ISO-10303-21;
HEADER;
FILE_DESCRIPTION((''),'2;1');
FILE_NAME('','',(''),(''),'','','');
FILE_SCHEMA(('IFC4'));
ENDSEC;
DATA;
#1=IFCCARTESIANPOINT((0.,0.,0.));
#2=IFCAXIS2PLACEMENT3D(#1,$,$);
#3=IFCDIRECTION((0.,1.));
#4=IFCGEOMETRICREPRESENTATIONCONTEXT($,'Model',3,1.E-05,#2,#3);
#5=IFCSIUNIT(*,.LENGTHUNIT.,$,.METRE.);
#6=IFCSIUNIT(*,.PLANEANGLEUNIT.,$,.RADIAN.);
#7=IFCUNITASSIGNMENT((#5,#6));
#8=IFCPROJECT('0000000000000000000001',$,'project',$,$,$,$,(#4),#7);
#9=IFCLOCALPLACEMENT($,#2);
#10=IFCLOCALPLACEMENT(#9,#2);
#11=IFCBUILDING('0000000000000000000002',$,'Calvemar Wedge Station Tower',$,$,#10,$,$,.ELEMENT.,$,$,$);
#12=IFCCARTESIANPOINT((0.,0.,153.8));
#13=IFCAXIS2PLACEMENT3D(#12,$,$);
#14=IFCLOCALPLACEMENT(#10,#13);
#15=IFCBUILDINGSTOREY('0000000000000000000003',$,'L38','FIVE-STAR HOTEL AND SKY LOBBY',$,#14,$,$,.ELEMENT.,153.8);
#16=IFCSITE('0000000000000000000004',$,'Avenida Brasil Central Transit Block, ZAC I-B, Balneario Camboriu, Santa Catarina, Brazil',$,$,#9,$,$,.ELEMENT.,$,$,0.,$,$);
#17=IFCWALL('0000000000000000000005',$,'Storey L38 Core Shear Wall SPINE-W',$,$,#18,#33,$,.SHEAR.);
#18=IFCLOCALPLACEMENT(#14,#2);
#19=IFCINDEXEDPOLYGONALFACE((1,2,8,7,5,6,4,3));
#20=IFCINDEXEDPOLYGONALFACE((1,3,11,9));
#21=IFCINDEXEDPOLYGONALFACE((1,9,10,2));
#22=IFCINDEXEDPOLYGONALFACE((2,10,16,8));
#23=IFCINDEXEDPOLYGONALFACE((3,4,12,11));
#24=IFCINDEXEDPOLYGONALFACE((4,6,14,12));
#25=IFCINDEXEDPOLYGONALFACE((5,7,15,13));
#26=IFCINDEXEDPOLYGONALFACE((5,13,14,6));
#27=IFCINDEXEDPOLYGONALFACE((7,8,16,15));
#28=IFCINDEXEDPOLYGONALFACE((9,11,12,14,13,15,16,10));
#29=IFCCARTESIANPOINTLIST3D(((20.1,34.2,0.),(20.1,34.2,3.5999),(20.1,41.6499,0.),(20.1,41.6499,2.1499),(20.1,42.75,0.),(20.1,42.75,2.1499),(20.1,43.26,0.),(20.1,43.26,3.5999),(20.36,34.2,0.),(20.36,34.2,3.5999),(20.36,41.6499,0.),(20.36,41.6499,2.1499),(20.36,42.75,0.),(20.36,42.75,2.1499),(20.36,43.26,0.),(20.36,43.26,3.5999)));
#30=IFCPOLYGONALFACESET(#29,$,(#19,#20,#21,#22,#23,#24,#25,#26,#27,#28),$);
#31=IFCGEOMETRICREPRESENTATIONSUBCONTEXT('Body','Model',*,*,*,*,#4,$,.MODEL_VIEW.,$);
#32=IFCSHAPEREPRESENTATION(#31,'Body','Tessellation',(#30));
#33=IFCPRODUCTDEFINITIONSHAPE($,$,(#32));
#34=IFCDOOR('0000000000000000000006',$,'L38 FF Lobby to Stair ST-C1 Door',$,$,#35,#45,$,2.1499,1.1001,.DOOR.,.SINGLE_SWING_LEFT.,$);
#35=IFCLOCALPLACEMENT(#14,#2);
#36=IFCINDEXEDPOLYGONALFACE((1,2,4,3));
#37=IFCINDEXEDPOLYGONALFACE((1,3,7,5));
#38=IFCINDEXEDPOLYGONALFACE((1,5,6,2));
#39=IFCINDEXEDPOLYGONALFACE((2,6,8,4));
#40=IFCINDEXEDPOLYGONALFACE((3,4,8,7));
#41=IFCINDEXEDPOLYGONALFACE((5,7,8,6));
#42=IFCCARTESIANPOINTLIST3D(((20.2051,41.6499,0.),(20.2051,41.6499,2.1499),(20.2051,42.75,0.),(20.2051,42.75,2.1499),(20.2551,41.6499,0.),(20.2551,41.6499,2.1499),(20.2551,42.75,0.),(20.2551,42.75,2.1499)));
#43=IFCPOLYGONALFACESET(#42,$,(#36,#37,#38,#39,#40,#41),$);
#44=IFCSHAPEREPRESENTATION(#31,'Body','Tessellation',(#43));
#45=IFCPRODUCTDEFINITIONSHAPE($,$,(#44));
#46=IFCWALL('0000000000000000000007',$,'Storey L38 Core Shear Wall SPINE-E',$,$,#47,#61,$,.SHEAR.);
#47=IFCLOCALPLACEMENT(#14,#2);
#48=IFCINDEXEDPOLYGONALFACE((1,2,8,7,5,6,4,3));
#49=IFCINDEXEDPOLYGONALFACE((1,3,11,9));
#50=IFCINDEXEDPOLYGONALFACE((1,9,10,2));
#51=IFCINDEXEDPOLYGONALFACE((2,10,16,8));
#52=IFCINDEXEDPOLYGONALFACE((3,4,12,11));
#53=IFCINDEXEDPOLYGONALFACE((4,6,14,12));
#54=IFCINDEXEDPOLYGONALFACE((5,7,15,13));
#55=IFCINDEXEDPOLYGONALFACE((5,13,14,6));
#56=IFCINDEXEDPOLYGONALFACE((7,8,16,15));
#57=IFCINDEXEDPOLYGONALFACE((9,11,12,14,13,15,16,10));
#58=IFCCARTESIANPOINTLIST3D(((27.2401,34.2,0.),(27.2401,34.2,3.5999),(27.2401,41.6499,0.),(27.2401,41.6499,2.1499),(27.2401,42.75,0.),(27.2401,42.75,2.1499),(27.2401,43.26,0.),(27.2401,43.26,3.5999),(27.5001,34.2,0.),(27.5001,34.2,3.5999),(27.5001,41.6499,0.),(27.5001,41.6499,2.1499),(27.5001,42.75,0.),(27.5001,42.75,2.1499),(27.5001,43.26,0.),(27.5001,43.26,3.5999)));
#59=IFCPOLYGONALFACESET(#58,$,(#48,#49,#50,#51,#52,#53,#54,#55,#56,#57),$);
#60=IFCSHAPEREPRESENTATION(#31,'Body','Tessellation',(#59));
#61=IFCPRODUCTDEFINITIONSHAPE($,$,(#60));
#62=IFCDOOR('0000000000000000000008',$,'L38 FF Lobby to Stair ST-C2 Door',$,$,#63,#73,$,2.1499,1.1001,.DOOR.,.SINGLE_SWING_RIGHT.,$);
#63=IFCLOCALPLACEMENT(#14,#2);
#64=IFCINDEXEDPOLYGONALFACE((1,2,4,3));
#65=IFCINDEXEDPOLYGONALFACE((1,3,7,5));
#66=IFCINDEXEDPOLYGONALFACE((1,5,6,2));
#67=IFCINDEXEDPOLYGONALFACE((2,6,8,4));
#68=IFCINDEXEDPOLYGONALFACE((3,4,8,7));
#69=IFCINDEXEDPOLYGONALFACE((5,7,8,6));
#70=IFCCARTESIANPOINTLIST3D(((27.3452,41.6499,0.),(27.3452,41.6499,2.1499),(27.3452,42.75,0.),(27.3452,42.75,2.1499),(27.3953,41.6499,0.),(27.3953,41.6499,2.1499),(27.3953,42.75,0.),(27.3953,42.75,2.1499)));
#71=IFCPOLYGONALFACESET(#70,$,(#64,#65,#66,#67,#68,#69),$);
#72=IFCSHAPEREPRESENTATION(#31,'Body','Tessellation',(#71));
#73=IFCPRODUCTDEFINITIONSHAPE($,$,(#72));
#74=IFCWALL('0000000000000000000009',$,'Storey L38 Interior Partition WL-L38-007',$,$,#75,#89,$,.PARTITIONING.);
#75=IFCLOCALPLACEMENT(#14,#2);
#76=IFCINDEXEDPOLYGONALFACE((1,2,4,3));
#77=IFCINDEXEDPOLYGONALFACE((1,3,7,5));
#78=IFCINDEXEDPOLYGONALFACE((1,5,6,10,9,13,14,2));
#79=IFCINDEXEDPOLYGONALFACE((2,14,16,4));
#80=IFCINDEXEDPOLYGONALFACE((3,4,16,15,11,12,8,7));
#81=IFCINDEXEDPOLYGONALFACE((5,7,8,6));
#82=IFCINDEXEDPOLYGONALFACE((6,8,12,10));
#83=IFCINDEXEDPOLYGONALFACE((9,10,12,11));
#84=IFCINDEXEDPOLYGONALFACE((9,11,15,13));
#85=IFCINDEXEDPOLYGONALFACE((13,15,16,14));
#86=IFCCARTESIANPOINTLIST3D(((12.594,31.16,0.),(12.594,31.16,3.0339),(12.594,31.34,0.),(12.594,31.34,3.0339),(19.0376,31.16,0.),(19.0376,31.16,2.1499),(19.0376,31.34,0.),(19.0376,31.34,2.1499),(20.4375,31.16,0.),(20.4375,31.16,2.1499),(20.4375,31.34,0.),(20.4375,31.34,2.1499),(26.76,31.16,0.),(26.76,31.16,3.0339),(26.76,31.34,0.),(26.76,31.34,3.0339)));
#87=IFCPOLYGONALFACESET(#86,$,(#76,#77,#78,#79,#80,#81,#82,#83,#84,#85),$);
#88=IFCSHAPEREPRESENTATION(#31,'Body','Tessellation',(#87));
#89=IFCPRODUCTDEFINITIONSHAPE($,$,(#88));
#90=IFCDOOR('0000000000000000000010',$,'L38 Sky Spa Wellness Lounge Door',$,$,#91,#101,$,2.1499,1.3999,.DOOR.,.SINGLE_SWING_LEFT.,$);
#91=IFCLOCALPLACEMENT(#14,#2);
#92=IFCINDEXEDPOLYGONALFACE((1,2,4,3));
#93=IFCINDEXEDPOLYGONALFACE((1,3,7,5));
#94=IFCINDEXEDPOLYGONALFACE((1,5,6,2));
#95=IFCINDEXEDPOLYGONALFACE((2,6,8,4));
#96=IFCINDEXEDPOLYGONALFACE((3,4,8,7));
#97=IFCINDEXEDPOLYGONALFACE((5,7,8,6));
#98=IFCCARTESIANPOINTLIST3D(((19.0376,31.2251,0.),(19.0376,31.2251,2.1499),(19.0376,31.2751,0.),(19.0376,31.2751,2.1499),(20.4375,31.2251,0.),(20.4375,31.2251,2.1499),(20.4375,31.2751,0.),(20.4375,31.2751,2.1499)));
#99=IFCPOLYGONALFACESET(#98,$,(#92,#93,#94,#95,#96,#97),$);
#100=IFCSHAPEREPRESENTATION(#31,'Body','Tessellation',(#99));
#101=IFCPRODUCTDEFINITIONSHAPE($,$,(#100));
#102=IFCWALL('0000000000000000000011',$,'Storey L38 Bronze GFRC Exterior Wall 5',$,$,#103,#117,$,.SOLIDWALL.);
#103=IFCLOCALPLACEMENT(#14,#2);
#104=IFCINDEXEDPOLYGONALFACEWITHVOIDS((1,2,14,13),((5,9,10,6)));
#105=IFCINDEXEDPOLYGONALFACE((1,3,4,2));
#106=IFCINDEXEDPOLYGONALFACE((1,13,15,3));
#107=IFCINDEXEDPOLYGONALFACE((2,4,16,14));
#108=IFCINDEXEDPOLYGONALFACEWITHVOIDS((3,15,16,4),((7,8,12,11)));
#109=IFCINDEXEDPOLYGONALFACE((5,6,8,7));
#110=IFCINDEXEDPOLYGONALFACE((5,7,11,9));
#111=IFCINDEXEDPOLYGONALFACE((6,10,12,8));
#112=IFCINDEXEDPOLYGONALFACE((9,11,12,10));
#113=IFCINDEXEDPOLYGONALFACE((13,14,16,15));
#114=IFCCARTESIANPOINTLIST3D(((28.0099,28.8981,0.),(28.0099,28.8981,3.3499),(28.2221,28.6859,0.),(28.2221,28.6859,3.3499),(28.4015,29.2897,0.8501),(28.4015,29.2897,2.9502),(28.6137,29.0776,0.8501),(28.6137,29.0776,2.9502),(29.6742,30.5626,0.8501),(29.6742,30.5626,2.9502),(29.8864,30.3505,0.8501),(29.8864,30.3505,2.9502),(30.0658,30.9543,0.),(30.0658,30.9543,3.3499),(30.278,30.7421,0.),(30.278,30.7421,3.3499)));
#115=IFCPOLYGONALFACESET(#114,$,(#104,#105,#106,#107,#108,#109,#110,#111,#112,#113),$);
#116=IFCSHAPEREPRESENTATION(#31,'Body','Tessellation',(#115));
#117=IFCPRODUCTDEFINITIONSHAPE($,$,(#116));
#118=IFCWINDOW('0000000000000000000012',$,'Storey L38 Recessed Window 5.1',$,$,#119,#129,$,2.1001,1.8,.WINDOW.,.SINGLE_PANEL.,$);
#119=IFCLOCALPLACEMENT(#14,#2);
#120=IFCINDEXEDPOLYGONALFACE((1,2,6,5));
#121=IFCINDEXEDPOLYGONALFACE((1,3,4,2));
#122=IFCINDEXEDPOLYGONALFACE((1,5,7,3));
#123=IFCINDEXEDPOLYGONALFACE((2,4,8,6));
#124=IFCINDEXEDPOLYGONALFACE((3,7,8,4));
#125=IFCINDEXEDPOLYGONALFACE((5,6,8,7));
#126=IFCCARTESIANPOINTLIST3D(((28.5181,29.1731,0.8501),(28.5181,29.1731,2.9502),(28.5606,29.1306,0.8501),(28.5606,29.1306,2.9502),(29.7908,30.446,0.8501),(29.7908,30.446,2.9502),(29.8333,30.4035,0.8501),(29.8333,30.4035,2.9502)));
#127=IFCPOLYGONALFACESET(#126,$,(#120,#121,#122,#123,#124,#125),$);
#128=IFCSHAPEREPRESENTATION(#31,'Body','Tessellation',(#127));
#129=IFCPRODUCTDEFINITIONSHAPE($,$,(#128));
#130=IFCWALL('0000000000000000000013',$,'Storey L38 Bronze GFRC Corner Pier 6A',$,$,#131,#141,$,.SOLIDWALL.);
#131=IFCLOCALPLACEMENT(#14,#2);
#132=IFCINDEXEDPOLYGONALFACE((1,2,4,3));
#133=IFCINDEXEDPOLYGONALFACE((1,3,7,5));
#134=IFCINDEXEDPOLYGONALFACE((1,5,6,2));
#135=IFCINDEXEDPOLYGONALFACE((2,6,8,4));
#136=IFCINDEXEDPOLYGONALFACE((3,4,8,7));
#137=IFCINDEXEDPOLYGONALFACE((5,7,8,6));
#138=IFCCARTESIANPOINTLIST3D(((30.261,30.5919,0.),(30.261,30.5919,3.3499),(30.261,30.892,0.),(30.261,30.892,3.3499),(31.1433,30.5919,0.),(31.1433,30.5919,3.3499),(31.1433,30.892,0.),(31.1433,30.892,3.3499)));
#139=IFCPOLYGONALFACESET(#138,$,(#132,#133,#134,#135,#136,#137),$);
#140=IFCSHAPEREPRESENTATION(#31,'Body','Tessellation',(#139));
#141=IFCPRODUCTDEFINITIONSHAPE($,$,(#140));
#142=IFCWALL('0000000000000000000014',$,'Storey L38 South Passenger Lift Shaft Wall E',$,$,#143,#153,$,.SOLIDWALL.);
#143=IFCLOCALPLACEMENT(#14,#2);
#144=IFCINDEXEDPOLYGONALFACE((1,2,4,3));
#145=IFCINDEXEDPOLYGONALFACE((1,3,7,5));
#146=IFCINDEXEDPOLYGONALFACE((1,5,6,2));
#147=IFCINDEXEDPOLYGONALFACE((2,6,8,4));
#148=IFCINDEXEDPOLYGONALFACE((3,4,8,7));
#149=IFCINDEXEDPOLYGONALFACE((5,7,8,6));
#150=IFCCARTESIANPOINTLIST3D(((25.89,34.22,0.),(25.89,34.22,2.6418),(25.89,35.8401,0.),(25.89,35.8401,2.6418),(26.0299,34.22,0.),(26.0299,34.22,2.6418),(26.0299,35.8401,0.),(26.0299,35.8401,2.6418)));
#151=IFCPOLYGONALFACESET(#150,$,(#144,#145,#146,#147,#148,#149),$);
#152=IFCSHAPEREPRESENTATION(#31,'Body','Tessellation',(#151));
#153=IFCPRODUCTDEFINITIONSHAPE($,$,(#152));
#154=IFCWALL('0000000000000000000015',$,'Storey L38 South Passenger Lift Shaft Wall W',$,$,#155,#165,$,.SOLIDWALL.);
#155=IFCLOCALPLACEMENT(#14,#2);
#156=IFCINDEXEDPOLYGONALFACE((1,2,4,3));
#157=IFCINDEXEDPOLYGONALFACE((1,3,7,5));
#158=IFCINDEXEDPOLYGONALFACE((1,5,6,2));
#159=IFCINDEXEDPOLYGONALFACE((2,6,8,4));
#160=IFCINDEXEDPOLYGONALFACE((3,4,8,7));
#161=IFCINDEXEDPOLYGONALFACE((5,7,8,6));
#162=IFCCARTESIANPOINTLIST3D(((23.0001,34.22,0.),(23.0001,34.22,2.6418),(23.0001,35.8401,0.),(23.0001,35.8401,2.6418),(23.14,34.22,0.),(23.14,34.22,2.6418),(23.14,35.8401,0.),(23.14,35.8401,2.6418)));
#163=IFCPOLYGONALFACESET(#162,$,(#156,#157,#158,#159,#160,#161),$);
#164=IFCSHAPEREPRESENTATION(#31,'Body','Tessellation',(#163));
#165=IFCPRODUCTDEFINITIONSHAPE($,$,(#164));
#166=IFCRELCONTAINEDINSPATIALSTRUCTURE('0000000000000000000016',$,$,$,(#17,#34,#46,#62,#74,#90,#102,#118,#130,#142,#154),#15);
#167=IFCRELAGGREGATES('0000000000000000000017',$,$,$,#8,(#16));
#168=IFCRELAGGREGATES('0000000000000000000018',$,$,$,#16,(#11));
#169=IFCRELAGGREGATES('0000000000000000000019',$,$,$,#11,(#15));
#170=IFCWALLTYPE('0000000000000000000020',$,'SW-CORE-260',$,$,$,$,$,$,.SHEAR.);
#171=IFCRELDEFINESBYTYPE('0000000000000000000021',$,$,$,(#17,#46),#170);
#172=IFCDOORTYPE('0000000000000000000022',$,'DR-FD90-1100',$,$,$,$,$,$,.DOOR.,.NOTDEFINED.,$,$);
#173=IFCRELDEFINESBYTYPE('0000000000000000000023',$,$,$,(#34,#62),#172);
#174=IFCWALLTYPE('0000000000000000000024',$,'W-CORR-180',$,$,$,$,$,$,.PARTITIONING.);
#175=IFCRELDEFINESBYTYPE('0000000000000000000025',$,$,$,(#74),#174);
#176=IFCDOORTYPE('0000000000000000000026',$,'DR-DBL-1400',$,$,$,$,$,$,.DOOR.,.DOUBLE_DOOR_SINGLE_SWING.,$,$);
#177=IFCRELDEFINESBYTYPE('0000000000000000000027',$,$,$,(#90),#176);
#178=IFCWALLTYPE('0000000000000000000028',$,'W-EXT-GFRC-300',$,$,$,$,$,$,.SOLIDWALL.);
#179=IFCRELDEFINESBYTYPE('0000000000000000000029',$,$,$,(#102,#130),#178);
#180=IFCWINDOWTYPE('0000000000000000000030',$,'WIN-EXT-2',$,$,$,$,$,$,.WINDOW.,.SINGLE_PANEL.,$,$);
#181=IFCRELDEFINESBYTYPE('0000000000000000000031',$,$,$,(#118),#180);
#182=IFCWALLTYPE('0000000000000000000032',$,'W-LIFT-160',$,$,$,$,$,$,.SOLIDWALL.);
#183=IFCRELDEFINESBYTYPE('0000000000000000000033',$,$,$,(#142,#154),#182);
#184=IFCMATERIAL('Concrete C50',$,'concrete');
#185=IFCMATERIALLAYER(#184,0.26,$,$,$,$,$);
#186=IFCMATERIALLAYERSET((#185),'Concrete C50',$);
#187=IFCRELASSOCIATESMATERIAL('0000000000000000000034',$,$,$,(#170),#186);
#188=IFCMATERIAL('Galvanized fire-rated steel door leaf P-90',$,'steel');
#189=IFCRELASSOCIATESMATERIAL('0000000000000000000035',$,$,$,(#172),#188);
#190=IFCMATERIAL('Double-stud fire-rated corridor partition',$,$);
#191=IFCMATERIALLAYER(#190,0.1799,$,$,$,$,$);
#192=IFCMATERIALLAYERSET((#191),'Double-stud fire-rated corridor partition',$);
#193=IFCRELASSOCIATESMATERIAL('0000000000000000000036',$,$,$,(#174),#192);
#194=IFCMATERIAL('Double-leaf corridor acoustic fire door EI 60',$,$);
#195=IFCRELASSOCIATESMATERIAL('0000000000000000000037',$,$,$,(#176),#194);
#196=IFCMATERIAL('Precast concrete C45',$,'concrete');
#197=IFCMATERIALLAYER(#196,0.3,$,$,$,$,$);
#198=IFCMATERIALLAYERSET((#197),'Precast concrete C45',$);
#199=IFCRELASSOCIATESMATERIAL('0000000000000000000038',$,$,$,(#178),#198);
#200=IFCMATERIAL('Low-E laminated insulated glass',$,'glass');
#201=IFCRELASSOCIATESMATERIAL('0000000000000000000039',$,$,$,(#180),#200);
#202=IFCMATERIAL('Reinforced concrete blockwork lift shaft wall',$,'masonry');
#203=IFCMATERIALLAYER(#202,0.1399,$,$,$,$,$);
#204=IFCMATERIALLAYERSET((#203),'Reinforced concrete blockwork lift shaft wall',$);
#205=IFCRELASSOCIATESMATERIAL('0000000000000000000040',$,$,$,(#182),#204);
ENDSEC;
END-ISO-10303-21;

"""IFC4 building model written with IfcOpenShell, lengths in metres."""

from ifc_helpers import new_model, si_unit, direction, frame, frame_2d, origin, place, context, subcontext, project, spatial, rectangle, extrude, source, transform, mapped, material, layer, layer_set, type_object, element, fill, save


model = new_model("IFC4")

# Units and contexts
model_context = context("Model", 3, precision=1e-05, world=origin(), true_north=direction((0.0, 1.0)))
body_context = subcontext(model_context, "Body", "Model", "MODEL_VIEW")
ifc_project = project(units=[si_unit("LENGTHUNIT", "METRE"), si_unit("PLANEANGLEUNIT", "RADIAN")], contexts=[model_context])

# Site, building, storey
site_placement = place(None, origin())
site = spatial("IfcSite", under=ifc_project, at=site_placement, Name="Avenida Brasil Central Transit Block, ZAC I-B, Balneario Camboriu, Santa Catarina, Brazil", CompositionType="ELEMENT", RefElevation=0.0)
building_placement = place(site_placement, origin())
building = spatial("IfcBuilding", under=site, at=building_placement, Name="Calvemar Wedge Station Tower", CompositionType="ELEMENT")
storey_placement = place(building_placement, frame((0.0, 0.0, 153.8)))
storey = spatial("IfcBuildingStorey", under=building, at=storey_placement, Name="L38", Description="FIVE-STAR HOTEL AND SKY LOBBY", CompositionType="ELEMENT", Elevation=153.8)

# Walls, openings, doors
ifc_material_1 = material(Name="Concrete C50", Category="concrete")
ifc_layer_1 = layer(ifc_material_1, 0.26)
ifc_layer_set_1 = layer_set([ifc_layer_1], Name="Concrete C50")
wall_type_1 = type_object("IfcWallType", Name="SW-CORE-260", PredefinedType="SHEAR", material=ifc_layer_set_1)
wall_1_placement = place(storey_placement, frame((20.23, 34.2, 0.0), z_axis=(0.0, 0.0, 1.0), x_axis=(0.0, 1.0, 0.0)))
wall_1 = element("IfcWall", 1, at=wall_1_placement, inside=storey, type_object=wall_type_1, Name="Storey L38 Core Shear Wall SPINE-W", PredefinedType="SHEAR", context=body_context, shape_type="SweptSolid", body=[
    extrude(rectangle(XDim=9.0601, YDim=0.26, at=frame_2d((4.53, 0.0))), origin(), (0.0, 0.0, 1.0), 3.5999),
])
shared_shape_1 = source(origin(), body_context, "Body", "SweptSolid", [
    extrude(rectangle(XDim=1.1001, YDim=2.1499, at=frame_2d((0.55, 1.075))), frame((0.0, 0.1401, 0.0), z_axis=(0.0, -1.0, 0.0), x_axis=(1.0, 0.0, 0.0)), (0.0, 0.0, 1.0), 0.28),
])
opening_1_placement = place(wall_1_placement, frame((7.45, 0.0, 0.0)))
opening_1 = element("IfcOpeningElement", 2, at=opening_1_placement, cuts=wall_1, PredefinedType="OPENING", context=body_context, shape_type="MappedRepresentation", body=[
    mapped(shared_shape_1, transform((0.0, 0.0, 0.0), scale=1.0)),
])
ifc_material_2 = material(Name="Galvanized fire-rated steel door leaf P-90", Category="steel")
door_type_1 = type_object("IfcDoorType", Name="DR-FD90-1100", OperationType="NOTDEFINED", PredefinedType="DOOR", material=ifc_material_2)
shared_shape_2 = source(origin(), body_context, "Body", "SweptSolid", [
    extrude(rectangle(XDim=1.1001, YDim=2.1499, at=frame_2d((0.55, 1.075))), frame((0.0, 0.0249, 0.0), z_axis=(0.0, -1.0, 0.0), x_axis=(1.0, 0.0, 0.0)), (0.0, 0.0, 1.0), 0.05),
])
door_1_placement = place(opening_1_placement, origin())
door_1 = element("IfcDoor", 3, at=door_1_placement, inside=storey, type_object=door_type_1, Name="L38 FF Lobby to Stair ST-C1 Door", OperationType="SINGLE_SWING_LEFT", OverallHeight=2.1499, OverallWidth=1.1001, PredefinedType="DOOR", context=body_context, shape_type="MappedRepresentation", body=[
    mapped(shared_shape_2, transform((0.0, 0.0, 0.0), scale=1.0)),
])
fill(opening_1, door_1)
wall_2_placement = place(storey_placement, frame((27.3701, 34.2, 0.0), z_axis=(0.0, 0.0, 1.0), x_axis=(0.0, 1.0, 0.0)))
wall_2 = element("IfcWall", 4, at=wall_2_placement, inside=storey, type_object=wall_type_1, Name="Storey L38 Core Shear Wall SPINE-E", PredefinedType="SHEAR", context=body_context, shape_type="SweptSolid", body=[
    extrude(rectangle(XDim=9.0601, YDim=0.26, at=frame_2d((4.53, 0.0))), origin(), (0.0, 0.0, 1.0), 3.5999),
])
opening_2_placement = place(wall_2_placement, frame((7.45, 0.0, 0.0)))
opening_2 = element("IfcOpeningElement", 5, at=opening_2_placement, cuts=wall_2, PredefinedType="OPENING", context=body_context, shape_type="MappedRepresentation", body=[
    mapped(shared_shape_1, transform((0.0, 0.0, 0.0), scale=1.0)),
])
door_2_placement = place(opening_2_placement, origin())
door_2 = element("IfcDoor", 6, at=door_2_placement, inside=storey, type_object=door_type_1, Name="L38 FF Lobby to Stair ST-C2 Door", OperationType="SINGLE_SWING_RIGHT", OverallHeight=2.1499, OverallWidth=1.1001, PredefinedType="DOOR", context=body_context, shape_type="MappedRepresentation", body=[
    mapped(shared_shape_2, transform((0.0, 0.0, 0.0), scale=1.0)),
])
fill(opening_2, door_2)
ifc_material_3 = material(Name="Double-stud fire-rated corridor partition")
ifc_layer_2 = layer(ifc_material_3, 0.1799)
ifc_layer_set_2 = layer_set([ifc_layer_2], Name="Double-stud fire-rated corridor partition")
wall_type_2 = type_object("IfcWallType", Name="W-CORR-180", PredefinedType="PARTITIONING", material=ifc_layer_set_2)
wall_3_placement = place(storey_placement, frame((26.76, 31.25, 0.0), z_axis=(0.0, 0.0, 1.0), x_axis=(-1.0, 0.0, 0.0)))
wall_3 = element("IfcWall", 7, at=wall_3_placement, inside=storey, type_object=wall_type_2, Name="Storey L38 Interior Partition WL-L38-007", PredefinedType="PARTITIONING", context=body_context, shape_type="SweptSolid", body=[
    extrude(rectangle(XDim=14.166, YDim=0.1799, at=frame_2d((7.083, 0.0))), origin(), (0.0, 0.0, 1.0), 3.0339),
])
shared_shape_3 = source(origin(), body_context, "Body", "SweptSolid", [
    extrude(rectangle(XDim=1.3999, YDim=2.1499, at=frame_2d((0.7, 1.075))), frame((0.0, 0.1001, 0.0), z_axis=(0.0, -1.0, 0.0), x_axis=(1.0, 0.0, 0.0)), (0.0, 0.0, 1.0), 0.2),
])
opening_3_placement = place(wall_3_placement, frame((6.3225, 0.0, 0.0)))
opening_3 = element("IfcOpeningElement", 8, at=opening_3_placement, cuts=wall_3, PredefinedType="OPENING", context=body_context, shape_type="MappedRepresentation", body=[
    mapped(shared_shape_3, transform((0.0, 0.0, 0.0), scale=1.0)),
])
ifc_material_4 = material(Name="Double-leaf corridor acoustic fire door EI 60")
door_type_2 = type_object("IfcDoorType", Name="DR-DBL-1400", OperationType="DOUBLE_DOOR_SINGLE_SWING", PredefinedType="DOOR", material=ifc_material_4)
shared_shape_4 = source(origin(), body_context, "Body", "SweptSolid", [
    extrude(rectangle(XDim=1.3999, YDim=2.1499, at=frame_2d((0.7, 1.075))), frame((0.0, 0.0249, 0.0), z_axis=(0.0, -1.0, 0.0), x_axis=(1.0, 0.0, 0.0)), (0.0, 0.0, 1.0), 0.05),
])
door_3_placement = place(opening_3_placement, origin())
door_3 = element("IfcDoor", 9, at=door_3_placement, inside=storey, type_object=door_type_2, Name="L38 Sky Spa Wellness Lounge Door", OperationType="SINGLE_SWING_LEFT", OverallHeight=2.1499, OverallWidth=1.3999, PredefinedType="DOOR", context=body_context, shape_type="MappedRepresentation", body=[
    mapped(shared_shape_4, transform((0.0, 0.0, 0.0), scale=1.0)),
])
fill(opening_3, door_3)

# Wall, opening, window
ifc_material_5 = material(Name="Precast concrete C45", Category="concrete")
ifc_layer_3 = layer(ifc_material_5, 0.3)
ifc_layer_set_3 = layer_set([ifc_layer_3], Name="Precast concrete C45")
wall_type_3 = type_object("IfcWallType", Name="W-EXT-GFRC-300", PredefinedType="SOLIDWALL", material=ifc_layer_set_3)
wall_4_placement = place(storey_placement, frame((28.116, 28.792, 0.0), z_axis=(0.0, 0.0, 1.0), x_axis=(0.707065, 0.707149, 0.0)))
wall_4 = element("IfcWall", 10, at=wall_4_placement, inside=storey, type_object=wall_type_3, Name="Storey L38 Bronze GFRC Exterior Wall 5", PredefinedType="SOLIDWALL", context=body_context, shape_type="SweptSolid", body=[
    extrude(rectangle(XDim=2.9077, YDim=0.3, at=frame_2d((1.4539, 0.0))), origin(), (0.0, 0.0, 1.0), 3.3499),
])
shared_shape_5 = source(origin(), body_context, "Body", "SweptSolid", [
    extrude(rectangle(XDim=1.8, YDim=2.1001, at=frame_2d((0.8999, 1.05))), frame((0.0, 0.1602, 0.0), z_axis=(0.0, -1.0, 0.0), x_axis=(1.0, 0.0, 0.0)), (0.0, 0.0, 1.0), 0.3201),
])
opening_4_placement = place(wall_4_placement, frame((0.554, 0.0, 0.8501)))
opening_4 = element("IfcOpeningElement", 11, at=opening_4_placement, cuts=wall_4, PredefinedType="OPENING", context=body_context, shape_type="MappedRepresentation", body=[
    mapped(shared_shape_5, transform((0.0, 0.0, 0.0), scale=1.0)),
])
ifc_material_6 = material(Name="Low-E laminated insulated glass", Category="glass")
window_type = type_object("IfcWindowType", Name="WIN-EXT-2", PartitioningType="SINGLE_PANEL", PredefinedType="WINDOW", material=ifc_material_6)
shared_shape_6 = source(origin(), body_context, "Body", "SweptSolid", [
    extrude(rectangle(XDim=1.8, YDim=2.1001, at=frame_2d((0.8999, 1.05))), frame((0.0, -0.0149, 0.0), z_axis=(0.0, -1.0, 0.0), x_axis=(1.0, 0.0, 0.0)), (0.0, 0.0, 1.0), 0.0601),
])
window_placement = place(opening_4_placement, origin())
window = element("IfcWindow", 12, at=window_placement, inside=storey, type_object=window_type, Name="Storey L38 Recessed Window 5.1", OverallHeight=2.1001, OverallWidth=1.8, PartitioningType="SINGLE_PANEL", PredefinedType="WINDOW", context=body_context, shape_type="MappedRepresentation", body=[
    mapped(shared_shape_6, transform((0.0, 0.0, 0.0), scale=1.0)),
])
fill(opening_4, window)

# Walls
wall_5_placement = place(storey_placement, frame((30.261, 30.7419, 0.0), z_axis=(0.0, 0.0, 1.0), x_axis=(1.0, 0.0, 0.0)))
element("IfcWall", 13, at=wall_5_placement, inside=storey, type_object=wall_type_3, Name="Storey L38 Bronze GFRC Corner Pier 6A", PredefinedType="SOLIDWALL", context=body_context, shape_type="SweptSolid", body=[
    extrude(rectangle(XDim=0.8823, YDim=0.3, at=frame_2d((0.4412, 0.0))), origin(), (0.0, 0.0, 1.0), 3.3499),
])
ifc_material_7 = material(Name="Reinforced concrete blockwork lift shaft wall", Category="masonry")
ifc_layer_4 = layer(ifc_material_7, 0.1399)
ifc_layer_set_4 = layer_set([ifc_layer_4], Name="Reinforced concrete blockwork lift shaft wall")
wall_type_4 = type_object("IfcWallType", Name="W-LIFT-160", PredefinedType="SOLIDWALL", material=ifc_layer_set_4)
for number, where, z_axis, x_axis, name in (
    (14, (25.96, 34.22, 0.0), (0.0, 0.0, 1.0), (0.0, 1.0, 0.0), "Storey L38 South Passenger Lift Shaft Wall E"),
    (15, (23.0701, 34.22, 0.0), (0.0, 0.0, 1.0), (0.0, 1.0, 0.0), "Storey L38 South Passenger Lift Shaft Wall W"),
):
    element("IfcWall", number, at=place(storey_placement, frame(where, z_axis=z_axis, x_axis=x_axis)), inside=storey, type_object=wall_type_4, Name=name, PredefinedType="SOLIDWALL", context=body_context, shape_type="SweptSolid", body=[
        extrude(rectangle(XDim=1.6201, YDim=0.1399, at=frame_2d((0.8101, 0.0))), origin(), (0.0, 0.0, 1.0), 2.6418),
    ])

save(model, "model.ifc")
